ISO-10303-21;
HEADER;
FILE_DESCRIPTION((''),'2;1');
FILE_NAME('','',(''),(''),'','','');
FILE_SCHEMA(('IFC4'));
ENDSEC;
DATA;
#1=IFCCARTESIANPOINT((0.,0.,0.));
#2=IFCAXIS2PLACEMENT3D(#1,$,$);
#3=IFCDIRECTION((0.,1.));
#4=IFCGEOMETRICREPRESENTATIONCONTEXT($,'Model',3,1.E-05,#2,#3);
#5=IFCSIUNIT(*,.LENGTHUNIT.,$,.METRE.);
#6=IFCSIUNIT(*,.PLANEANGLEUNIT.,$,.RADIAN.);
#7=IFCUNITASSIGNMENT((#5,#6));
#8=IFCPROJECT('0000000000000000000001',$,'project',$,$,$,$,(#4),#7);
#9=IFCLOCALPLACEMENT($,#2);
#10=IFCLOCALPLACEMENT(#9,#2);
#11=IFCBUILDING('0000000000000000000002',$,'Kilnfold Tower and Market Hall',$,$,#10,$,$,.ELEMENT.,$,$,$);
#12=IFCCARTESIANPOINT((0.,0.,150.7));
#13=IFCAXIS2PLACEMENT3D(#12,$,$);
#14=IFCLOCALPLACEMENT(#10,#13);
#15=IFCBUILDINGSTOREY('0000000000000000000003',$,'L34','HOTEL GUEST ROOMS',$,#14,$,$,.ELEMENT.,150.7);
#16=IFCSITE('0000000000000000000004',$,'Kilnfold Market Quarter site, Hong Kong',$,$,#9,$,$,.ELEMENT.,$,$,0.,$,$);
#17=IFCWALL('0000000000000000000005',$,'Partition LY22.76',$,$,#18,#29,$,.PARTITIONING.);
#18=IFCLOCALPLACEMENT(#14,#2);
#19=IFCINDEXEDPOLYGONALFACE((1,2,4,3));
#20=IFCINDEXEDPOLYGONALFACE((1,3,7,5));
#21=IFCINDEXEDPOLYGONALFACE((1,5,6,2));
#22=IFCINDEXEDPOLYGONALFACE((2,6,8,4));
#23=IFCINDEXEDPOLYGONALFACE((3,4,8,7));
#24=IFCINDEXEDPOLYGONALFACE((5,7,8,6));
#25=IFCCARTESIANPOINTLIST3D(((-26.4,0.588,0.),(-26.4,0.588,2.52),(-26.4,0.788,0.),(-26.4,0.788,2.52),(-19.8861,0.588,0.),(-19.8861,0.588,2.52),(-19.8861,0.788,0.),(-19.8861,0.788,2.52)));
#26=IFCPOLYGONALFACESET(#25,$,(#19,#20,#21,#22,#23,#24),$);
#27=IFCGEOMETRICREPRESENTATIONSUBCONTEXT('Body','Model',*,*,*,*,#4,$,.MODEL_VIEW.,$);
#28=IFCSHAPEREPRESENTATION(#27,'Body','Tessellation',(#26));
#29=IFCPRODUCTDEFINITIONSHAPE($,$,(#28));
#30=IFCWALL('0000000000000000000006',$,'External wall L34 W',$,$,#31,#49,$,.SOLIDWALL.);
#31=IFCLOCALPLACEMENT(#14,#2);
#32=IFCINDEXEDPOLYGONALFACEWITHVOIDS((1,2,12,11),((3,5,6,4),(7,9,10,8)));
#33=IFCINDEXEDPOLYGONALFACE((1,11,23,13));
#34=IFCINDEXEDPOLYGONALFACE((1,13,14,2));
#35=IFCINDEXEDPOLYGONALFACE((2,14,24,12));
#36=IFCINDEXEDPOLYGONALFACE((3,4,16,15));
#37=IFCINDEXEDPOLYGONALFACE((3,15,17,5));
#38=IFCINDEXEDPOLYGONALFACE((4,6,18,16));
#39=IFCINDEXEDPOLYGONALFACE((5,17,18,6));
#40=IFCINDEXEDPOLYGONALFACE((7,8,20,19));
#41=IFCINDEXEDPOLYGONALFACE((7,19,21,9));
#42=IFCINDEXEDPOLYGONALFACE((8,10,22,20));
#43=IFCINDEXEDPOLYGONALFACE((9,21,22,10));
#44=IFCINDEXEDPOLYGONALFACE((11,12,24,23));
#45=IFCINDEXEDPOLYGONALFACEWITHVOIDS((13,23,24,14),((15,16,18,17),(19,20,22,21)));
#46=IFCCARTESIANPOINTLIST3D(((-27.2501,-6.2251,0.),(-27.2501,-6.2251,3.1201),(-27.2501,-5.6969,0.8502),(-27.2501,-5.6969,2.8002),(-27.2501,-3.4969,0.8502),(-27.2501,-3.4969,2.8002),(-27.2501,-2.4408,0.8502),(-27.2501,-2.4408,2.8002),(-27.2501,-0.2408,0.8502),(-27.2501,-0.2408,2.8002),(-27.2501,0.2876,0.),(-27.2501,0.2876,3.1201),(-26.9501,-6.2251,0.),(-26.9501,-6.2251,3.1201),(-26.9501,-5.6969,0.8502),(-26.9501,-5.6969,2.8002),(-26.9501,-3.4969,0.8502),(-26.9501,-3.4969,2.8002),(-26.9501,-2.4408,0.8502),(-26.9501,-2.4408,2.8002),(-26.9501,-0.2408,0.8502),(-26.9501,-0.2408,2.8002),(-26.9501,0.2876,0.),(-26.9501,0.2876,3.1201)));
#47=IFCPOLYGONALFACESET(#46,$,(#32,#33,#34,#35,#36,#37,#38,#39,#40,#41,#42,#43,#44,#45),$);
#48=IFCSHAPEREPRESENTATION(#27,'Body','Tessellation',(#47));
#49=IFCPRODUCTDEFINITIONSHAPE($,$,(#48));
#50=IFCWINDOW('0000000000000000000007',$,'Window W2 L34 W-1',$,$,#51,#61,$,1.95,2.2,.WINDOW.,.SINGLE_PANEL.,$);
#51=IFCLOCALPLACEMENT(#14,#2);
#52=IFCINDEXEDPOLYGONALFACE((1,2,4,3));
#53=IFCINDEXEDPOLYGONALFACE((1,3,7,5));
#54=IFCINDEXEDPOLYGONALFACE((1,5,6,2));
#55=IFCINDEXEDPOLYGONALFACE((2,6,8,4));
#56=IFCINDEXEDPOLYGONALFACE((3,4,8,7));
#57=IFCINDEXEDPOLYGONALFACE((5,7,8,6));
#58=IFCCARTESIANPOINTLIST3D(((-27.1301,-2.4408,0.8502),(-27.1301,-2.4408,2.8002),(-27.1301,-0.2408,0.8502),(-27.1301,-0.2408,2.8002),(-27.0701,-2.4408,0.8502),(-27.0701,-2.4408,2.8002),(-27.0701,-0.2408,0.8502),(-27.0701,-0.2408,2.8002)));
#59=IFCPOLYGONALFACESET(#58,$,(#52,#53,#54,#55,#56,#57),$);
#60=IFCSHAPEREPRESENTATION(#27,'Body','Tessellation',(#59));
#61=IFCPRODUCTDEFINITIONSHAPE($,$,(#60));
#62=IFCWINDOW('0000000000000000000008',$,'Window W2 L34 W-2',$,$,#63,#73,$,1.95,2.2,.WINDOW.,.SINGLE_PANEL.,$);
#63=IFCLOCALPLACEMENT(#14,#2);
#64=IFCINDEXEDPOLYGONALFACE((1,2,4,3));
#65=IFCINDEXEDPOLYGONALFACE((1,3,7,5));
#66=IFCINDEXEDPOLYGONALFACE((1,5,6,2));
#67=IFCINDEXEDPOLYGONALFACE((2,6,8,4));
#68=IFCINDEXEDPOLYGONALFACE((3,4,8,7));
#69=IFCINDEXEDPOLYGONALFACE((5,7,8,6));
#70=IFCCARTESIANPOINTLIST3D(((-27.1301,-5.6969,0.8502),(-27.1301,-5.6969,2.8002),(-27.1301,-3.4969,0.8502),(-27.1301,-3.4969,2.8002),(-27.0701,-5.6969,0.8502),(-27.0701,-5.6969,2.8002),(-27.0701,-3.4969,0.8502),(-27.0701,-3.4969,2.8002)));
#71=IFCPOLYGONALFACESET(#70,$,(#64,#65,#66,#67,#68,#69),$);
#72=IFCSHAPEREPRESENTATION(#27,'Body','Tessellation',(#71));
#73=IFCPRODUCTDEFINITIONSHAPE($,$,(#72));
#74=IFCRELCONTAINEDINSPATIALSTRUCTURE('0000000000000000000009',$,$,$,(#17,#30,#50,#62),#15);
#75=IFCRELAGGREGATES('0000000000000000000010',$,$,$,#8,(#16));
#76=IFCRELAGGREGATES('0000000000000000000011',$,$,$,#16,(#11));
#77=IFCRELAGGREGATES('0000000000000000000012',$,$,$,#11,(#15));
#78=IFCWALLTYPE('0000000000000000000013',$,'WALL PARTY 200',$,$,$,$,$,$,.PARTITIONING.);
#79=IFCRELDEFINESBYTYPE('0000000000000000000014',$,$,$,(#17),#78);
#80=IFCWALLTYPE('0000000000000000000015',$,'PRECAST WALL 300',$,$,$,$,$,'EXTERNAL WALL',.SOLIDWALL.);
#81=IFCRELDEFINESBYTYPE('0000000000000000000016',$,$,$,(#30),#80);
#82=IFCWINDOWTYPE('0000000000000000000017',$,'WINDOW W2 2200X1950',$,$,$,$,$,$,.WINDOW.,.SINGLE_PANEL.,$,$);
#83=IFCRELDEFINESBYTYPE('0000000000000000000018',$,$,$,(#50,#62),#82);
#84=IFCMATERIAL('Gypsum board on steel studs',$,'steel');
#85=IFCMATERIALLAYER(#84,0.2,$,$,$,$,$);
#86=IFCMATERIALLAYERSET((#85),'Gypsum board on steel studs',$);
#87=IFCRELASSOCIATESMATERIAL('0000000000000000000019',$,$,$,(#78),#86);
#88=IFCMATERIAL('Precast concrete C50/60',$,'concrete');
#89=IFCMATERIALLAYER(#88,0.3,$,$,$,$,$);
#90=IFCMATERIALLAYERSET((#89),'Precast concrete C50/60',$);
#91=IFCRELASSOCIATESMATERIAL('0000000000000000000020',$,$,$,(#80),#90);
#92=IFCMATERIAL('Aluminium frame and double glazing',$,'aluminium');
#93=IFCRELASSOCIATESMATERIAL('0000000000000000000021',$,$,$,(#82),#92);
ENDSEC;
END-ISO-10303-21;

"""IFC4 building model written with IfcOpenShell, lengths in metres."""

from ifc_helpers import new_model, si_unit, direction, frame, frame_2d, origin, place, context, subcontext, project, spatial, rectangle, extrude, source, transform, mapped, material, layer, layer_set, type_object, element, fill, save


model = new_model("IFC4")

# Units and contexts
model_context = context("Model", 3, precision=1e-05, world=origin(), true_north=direction((0.0, 1.0)))
body_context = subcontext(model_context, "Body", "Model", "MODEL_VIEW")
ifc_project = project(units=[si_unit("LENGTHUNIT", "METRE"), si_unit("PLANEANGLEUNIT", "RADIAN")], contexts=[model_context])

# Site, building, storey
site_placement = place(None, origin())
site = spatial("IfcSite", under=ifc_project, at=site_placement, Name="Kilnfold Market Quarter site, Hong Kong", CompositionType="ELEMENT", RefElevation=0.0)
building_placement = place(site_placement, origin())
building = spatial("IfcBuilding", under=site, at=building_placement, Name="Kilnfold Tower and Market Hall", CompositionType="ELEMENT")
storey_placement = place(building_placement, frame((0.0, 0.0, 150.7)))
storey = spatial("IfcBuildingStorey", under=building, at=storey_placement, Name="L34", Description="HOTEL GUEST ROOMS", CompositionType="ELEMENT", Elevation=150.7)

# Wall
ifc_material_1 = material(Name="Gypsum board on steel studs", Category="steel")
ifc_layer_1 = layer(ifc_material_1, 0.2)
ifc_layer_set_1 = layer_set([ifc_layer_1], Name="Gypsum board on steel studs")
wall_type_1 = type_object("IfcWallType", Name="WALL PARTY 200", PredefinedType="PARTITIONING", material=ifc_layer_set_1)
wall_1_placement = place(storey_placement, frame((-26.3999, 0.688, 0.0), z_axis=(0.0, 0.0, 1.0), x_axis=(1.0, 0.0, 0.0)))
element("IfcWall", 1, at=wall_1_placement, inside=storey, type_object=wall_type_1, Name="Partition LY22.76", PredefinedType="PARTITIONING", context=body_context, shape_type="SweptSolid", body=[
    extrude(rectangle(XDim=6.5139, YDim=0.2, at=frame_2d((3.2568, 0.0))), origin(), (0.0, 0.0, 1.0), 2.52),
])

# Wall, openings, windows
ifc_material_2 = material(Name="Precast concrete C50/60", Category="concrete")
ifc_layer_2 = layer(ifc_material_2, 0.3)
ifc_layer_set_2 = layer_set([ifc_layer_2], Name="Precast concrete C50/60")
wall_type_2 = type_object("IfcWallType", Name="PRECAST WALL 300", ElementType="EXTERNAL WALL", PredefinedType="SOLIDWALL", material=ifc_layer_set_2)
shared_shape_1 = source(origin(), body_context, "Body", "SweptSolid", [
    extrude(rectangle(XDim=6.5127, YDim=0.3, at=frame_2d((3.2563, 0.0))), origin(), (0.0, 0.0, 1.0), 3.1201),
])
wall_2_placement = place(storey_placement, frame((-27.1001, 0.2876, 0.0), z_axis=(0.0, 0.0, 1.0), x_axis=(0.0, -1.0, 0.0)))
wall_2 = element("IfcWall", 2, at=wall_2_placement, inside=storey, type_object=wall_type_2, Name="External wall L34 W", PredefinedType="SOLIDWALL", context=body_context, shape_type="MappedRepresentation", body=[
    mapped(shared_shape_1, transform((0.0, 0.0, 0.0))),
])
opening_1_placement = place(wall_2_placement, frame((0.5283, 0.0, 0.8501)))
opening_1 = element("IfcOpeningElement", 3, at=opening_1_placement, cuts=wall_2, PredefinedType="OPENING", context=body_context, shape_type="SweptSolid", body=[
    extrude(rectangle(XDim=2.2, YDim=1.95, at=frame_2d((1.1001, 0.9751))), frame((0.0, 0.1602, 0.0), z_axis=(0.0, -1.0, 0.0), x_axis=(1.0, 0.0, 0.0)), (0.0, 0.0, 1.0), 0.3201),
])
opening_2_placement = place(wall_2_placement, frame((3.7844, 0.0, 0.8501)))
opening_2 = element("IfcOpeningElement", 4, at=opening_2_placement, cuts=wall_2, PredefinedType="OPENING", context=body_context, shape_type="SweptSolid", body=[
    extrude(rectangle(XDim=2.2, YDim=1.95, at=frame_2d((1.1001, 0.9751))), frame((0.0, 0.1602, 0.0), z_axis=(0.0, -1.0, 0.0), x_axis=(1.0, 0.0, 0.0)), (0.0, 0.0, 1.0), 0.3201),
])
ifc_material_3 = material(Name="Aluminium frame and double glazing", Category="aluminium")
window_type = type_object("IfcWindowType", Name="WINDOW W2 2200X1950", PartitioningType="SINGLE_PANEL", PredefinedType="WINDOW", material=ifc_material_3)
window_1_placement = place(opening_1_placement, origin())
window_1 = element("IfcWindow", 5, at=window_1_placement, inside=storey, type_object=window_type, Name="Window W2 L34 W-1", OverallHeight=1.95, OverallWidth=2.2, PartitioningType="SINGLE_PANEL", PredefinedType="WINDOW", context=body_context, shape_type="SweptSolid", body=[
    extrude(rectangle(XDim=2.2, YDim=1.95, at=frame_2d((1.1001, 0.9751))), frame((0.0, 0.03, 0.0), z_axis=(0.0, -1.0, 0.0), x_axis=(1.0, 0.0, 0.0)), (0.0, 0.0, 1.0), 0.0601),
])
fill(opening_1, window_1)
window_2_placement = place(opening_2_placement, origin())
window_2 = element("IfcWindow", 6, at=window_2_placement, inside=storey, type_object=window_type, Name="Window W2 L34 W-2", OverallHeight=1.95, OverallWidth=2.2, PartitioningType="SINGLE_PANEL", PredefinedType="WINDOW", context=body_context, shape_type="SweptSolid", body=[
    extrude(rectangle(XDim=2.2, YDim=1.95, at=frame_2d((1.1001, 0.9751))), frame((0.0, 0.03, 0.0), z_axis=(0.0, -1.0, 0.0), x_axis=(1.0, 0.0, 0.0)), (0.0, 0.0, 1.0), 0.0601),
])
fill(opening_2, window_2)

save(model, "model.ifc")
